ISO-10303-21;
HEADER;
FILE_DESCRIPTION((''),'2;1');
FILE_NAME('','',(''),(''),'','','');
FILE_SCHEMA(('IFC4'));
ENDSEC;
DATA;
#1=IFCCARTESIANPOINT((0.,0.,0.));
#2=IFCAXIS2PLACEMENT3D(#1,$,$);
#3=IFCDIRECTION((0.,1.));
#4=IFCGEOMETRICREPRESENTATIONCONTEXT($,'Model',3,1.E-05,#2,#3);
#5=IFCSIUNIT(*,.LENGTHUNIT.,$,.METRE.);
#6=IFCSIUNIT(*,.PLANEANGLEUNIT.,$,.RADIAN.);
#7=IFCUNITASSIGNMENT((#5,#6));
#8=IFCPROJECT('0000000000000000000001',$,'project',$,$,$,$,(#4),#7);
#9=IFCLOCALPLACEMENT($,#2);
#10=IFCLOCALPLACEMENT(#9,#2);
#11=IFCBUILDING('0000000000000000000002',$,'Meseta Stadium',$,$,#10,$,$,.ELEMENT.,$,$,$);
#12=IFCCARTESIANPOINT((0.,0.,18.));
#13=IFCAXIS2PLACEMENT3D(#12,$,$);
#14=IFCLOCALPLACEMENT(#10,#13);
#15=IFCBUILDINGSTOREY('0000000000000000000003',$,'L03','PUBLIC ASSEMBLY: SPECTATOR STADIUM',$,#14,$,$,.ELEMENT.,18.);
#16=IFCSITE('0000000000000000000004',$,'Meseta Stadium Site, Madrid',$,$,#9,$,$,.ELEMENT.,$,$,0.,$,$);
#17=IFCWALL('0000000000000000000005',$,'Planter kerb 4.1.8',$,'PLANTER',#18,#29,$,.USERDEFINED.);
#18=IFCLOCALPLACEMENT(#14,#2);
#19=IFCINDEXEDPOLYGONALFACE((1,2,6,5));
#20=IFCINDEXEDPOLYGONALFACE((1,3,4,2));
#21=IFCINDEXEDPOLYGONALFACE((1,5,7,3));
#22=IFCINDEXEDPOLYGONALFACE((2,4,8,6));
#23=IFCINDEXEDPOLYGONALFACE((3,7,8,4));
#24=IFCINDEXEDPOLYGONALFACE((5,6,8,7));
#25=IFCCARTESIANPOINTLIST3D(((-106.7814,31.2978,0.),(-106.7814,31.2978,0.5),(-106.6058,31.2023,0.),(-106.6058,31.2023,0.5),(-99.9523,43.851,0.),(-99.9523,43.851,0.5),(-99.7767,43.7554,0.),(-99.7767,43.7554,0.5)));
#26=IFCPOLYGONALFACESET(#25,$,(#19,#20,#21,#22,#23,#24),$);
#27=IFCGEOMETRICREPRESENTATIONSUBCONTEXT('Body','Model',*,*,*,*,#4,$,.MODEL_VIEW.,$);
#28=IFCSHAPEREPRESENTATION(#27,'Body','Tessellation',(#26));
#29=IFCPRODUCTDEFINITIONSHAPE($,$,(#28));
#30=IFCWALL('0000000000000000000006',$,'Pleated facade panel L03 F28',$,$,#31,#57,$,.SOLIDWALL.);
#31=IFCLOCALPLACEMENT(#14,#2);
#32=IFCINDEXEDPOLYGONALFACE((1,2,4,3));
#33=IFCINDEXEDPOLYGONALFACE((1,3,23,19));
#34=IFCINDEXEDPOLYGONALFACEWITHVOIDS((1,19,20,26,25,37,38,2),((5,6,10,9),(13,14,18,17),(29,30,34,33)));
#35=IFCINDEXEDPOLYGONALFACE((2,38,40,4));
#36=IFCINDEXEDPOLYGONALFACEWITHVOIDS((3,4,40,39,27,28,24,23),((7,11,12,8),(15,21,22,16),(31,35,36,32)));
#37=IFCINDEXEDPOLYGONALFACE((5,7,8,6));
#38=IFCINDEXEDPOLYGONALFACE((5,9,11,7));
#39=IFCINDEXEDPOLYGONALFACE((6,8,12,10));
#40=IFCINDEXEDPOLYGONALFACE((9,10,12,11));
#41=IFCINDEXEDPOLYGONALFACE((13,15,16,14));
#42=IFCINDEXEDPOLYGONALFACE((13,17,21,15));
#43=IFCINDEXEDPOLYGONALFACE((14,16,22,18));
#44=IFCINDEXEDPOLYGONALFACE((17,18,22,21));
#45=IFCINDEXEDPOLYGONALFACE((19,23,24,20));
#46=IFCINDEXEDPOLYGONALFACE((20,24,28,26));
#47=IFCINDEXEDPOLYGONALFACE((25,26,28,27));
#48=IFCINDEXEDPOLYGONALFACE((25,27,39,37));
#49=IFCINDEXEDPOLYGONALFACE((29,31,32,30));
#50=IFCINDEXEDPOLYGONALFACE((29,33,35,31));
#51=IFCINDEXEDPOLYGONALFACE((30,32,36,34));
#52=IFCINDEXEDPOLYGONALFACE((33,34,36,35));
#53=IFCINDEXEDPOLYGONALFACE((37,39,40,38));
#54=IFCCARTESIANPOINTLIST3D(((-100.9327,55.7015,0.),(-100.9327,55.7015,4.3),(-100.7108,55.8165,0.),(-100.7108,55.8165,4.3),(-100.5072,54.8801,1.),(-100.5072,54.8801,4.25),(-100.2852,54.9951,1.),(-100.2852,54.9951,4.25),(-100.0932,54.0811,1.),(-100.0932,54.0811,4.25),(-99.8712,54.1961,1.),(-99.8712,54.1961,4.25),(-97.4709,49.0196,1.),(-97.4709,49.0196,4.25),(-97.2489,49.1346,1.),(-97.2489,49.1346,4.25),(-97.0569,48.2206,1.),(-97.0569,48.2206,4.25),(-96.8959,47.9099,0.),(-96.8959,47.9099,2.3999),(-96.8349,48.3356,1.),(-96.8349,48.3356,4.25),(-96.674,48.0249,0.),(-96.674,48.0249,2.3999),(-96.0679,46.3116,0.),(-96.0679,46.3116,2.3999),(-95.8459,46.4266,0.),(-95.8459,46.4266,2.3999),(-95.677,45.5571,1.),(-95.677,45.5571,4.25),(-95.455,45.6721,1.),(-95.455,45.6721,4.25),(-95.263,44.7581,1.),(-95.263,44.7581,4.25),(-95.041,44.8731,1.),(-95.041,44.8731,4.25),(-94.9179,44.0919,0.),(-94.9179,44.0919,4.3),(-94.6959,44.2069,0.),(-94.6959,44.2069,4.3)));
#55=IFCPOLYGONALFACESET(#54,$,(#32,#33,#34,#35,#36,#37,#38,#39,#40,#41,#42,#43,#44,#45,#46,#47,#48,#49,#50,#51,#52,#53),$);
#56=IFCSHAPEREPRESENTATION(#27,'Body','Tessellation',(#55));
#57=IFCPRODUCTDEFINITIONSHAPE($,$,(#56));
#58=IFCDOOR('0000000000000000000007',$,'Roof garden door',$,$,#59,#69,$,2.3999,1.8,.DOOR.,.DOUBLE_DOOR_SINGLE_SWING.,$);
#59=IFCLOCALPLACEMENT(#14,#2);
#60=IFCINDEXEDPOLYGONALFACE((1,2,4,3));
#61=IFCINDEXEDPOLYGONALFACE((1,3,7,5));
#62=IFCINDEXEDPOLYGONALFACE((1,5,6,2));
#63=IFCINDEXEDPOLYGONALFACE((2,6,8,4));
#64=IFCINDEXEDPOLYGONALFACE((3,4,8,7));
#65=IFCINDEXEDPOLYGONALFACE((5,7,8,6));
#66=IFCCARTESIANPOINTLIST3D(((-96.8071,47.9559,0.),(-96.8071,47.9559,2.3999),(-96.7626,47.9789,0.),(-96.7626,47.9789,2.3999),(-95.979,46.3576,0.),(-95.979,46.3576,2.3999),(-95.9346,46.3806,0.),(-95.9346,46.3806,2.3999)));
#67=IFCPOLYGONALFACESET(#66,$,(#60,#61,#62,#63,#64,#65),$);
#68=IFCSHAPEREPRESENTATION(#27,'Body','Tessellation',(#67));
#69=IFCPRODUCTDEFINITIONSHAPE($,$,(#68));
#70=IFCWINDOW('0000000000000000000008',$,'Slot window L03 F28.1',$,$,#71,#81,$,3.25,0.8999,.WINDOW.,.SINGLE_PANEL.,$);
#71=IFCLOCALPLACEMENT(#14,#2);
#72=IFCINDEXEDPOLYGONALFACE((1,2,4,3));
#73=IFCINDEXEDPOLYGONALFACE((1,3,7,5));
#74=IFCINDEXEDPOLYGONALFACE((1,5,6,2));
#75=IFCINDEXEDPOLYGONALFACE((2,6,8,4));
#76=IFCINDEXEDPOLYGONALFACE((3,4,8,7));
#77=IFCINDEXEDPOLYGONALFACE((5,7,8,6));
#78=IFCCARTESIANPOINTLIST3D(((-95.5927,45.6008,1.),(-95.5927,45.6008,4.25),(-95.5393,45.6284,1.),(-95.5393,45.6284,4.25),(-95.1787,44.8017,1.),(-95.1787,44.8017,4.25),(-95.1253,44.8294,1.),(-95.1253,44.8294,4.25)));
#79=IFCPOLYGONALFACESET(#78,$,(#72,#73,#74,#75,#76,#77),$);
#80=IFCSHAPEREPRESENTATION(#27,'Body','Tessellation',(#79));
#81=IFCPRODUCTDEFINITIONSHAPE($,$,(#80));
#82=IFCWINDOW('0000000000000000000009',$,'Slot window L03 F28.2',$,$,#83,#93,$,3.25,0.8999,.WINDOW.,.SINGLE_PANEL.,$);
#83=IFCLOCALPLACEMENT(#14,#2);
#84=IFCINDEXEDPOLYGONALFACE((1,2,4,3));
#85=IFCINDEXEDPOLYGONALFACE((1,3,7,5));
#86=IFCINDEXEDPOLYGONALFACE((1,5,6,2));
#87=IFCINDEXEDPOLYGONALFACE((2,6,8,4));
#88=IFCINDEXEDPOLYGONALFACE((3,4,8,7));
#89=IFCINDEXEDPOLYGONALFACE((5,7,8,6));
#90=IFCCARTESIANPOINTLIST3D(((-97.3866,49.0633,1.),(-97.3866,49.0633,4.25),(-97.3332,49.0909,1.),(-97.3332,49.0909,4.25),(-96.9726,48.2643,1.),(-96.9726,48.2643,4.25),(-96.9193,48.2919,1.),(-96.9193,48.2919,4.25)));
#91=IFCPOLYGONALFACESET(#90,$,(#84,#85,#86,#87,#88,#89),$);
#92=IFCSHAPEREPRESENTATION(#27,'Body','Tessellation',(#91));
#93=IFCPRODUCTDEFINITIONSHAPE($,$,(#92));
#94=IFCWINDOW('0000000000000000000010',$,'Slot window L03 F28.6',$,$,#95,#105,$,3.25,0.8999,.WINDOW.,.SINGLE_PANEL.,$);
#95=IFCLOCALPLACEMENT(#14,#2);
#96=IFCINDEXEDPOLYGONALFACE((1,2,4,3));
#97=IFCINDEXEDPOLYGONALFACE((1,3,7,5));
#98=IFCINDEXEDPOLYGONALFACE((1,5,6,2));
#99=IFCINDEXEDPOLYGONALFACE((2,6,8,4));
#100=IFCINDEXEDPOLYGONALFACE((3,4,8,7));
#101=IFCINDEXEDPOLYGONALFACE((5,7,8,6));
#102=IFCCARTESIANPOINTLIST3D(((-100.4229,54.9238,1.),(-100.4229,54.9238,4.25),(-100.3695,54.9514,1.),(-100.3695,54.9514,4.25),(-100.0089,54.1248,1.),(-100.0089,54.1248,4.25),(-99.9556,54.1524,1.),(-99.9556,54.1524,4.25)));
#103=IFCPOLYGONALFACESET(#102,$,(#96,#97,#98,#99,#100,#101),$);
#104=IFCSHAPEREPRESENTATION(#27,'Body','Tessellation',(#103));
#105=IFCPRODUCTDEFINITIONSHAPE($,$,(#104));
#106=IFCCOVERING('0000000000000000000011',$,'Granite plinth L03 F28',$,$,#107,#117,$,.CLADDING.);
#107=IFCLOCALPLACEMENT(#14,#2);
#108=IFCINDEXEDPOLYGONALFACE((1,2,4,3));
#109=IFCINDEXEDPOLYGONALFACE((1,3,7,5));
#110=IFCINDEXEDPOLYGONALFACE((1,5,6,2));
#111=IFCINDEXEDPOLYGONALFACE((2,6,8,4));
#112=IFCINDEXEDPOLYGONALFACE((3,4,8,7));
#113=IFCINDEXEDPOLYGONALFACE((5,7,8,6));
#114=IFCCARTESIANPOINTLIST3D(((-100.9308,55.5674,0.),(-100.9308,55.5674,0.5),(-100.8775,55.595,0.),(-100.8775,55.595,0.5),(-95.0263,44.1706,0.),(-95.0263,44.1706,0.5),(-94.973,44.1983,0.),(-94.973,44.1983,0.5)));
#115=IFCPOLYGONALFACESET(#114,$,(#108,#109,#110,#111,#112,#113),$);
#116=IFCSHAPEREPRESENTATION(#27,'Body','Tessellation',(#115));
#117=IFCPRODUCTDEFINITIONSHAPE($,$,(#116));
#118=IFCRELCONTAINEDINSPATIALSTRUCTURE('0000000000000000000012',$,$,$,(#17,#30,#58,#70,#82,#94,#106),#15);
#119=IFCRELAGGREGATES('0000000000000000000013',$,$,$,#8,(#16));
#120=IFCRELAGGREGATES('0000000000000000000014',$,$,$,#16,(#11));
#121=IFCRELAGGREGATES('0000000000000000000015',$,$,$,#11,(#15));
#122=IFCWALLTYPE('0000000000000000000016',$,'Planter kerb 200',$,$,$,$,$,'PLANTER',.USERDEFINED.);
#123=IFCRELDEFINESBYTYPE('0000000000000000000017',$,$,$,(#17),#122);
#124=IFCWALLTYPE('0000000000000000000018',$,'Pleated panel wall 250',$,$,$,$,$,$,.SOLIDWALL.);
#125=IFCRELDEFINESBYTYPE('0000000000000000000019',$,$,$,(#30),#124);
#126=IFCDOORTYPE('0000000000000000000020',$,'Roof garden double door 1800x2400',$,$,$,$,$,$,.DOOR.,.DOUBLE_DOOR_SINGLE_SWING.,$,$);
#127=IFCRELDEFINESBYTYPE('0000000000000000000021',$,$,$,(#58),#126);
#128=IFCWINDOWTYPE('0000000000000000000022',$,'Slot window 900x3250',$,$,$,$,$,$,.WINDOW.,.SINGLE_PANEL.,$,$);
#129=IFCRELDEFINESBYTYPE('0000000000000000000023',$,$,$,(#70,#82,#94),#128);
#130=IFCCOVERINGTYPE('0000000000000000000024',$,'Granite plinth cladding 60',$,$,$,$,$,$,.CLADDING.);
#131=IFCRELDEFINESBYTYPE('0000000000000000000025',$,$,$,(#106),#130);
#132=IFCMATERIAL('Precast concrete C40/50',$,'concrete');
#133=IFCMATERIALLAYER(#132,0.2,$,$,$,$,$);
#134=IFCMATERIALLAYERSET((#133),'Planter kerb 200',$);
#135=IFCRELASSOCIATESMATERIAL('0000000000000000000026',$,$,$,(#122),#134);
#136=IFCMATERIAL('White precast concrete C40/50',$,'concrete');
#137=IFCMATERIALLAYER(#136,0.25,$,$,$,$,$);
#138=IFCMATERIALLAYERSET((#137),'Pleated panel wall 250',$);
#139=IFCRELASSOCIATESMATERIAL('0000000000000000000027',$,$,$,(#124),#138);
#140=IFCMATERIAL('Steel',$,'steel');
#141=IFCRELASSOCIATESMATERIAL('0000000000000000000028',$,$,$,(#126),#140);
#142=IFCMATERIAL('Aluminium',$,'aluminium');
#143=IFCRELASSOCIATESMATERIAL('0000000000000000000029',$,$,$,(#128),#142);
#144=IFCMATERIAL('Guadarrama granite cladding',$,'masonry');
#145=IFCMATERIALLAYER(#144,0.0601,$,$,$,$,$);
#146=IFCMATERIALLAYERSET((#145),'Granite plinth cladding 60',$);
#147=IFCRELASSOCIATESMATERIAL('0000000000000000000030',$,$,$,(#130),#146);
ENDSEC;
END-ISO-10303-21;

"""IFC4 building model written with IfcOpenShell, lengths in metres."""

from ifc_helpers import new_model, si_unit, direction, frame, frame_2d, origin, origin_2d, place, context, subcontext, project, spatial, rectangle, extrude, material, layer, layer_set, type_object, element, fill, save


model = new_model("IFC4")

# Units and contexts
model_context = context("Model", 3, precision=1e-05, world=origin(), true_north=direction((0.0, 1.0)))
body_context = subcontext(model_context, "Body", "Model", "MODEL_VIEW")
ifc_project = project(units=[si_unit("LENGTHUNIT", "METRE"), si_unit("PLANEANGLEUNIT", "RADIAN")], contexts=[model_context])

# Site, building, storey
site_placement = place(None, origin())
site = spatial("IfcSite", under=ifc_project, at=site_placement, Name="Meseta Stadium Site, Madrid", CompositionType="ELEMENT", RefElevation=0.0)
building_placement = place(site_placement, origin())
building = spatial("IfcBuilding", under=site, at=building_placement, Name="Meseta Stadium", CompositionType="ELEMENT")
storey_placement = place(building_placement, frame((0.0, 0.0, 18.0)))
storey = spatial("IfcBuildingStorey", under=building, at=storey_placement, Name="L03", Description="PUBLIC ASSEMBLY: SPECTATOR STADIUM", CompositionType="ELEMENT", Elevation=18.0)

# Wall
ifc_material_1 = material(Name="Precast concrete C40/50", Category="concrete")
ifc_layer_1 = layer(ifc_material_1, 0.2)
ifc_layer_set_1 = layer_set([ifc_layer_1], Name="Planter kerb 200")
wall_type_1 = type_object("IfcWallType", Name="Planter kerb 200", ElementType="PLANTER", PredefinedType="USERDEFINED", material=ifc_layer_set_1)
wall_1_placement = place(storey_placement, frame((-99.8645, 43.8032, 0.0), z_axis=(0.0, 0.0, 1.0), x_axis=(-0.477875, -0.878428, 0.0)))
element("IfcWall", 1, at=wall_1_placement, inside=storey, type_object=wall_type_1, Name="Planter kerb 4.1.8", ObjectType="PLANTER", PredefinedType="USERDEFINED", context=body_context, shape_type="SweptSolid", body=[
    extrude(rectangle(XDim=14.2905, YDim=0.2, at=frame_2d((7.1453, 0.0))), origin(), (0.0, 0.0, 1.0), 0.5),
])

# Wall, openings, door, windows
ifc_material_2 = material(Name="White precast concrete C40/50", Category="concrete")
ifc_layer_2 = layer(ifc_material_2, 0.25)
ifc_layer_set_2 = layer_set([ifc_layer_2], Name="Pleated panel wall 250")
wall_type_2 = type_object("IfcWallType", Name="Pleated panel wall 250", PredefinedType="SOLIDWALL", material=ifc_layer_set_2)
wall_2_placement = place(storey_placement, frame((-94.8069, 44.1494, 0.0), z_axis=(0.0, 0.0, 1.0), x_axis=(-0.460021, 0.887908, 0.0)))
wall_2 = element("IfcWall", 2, at=wall_2_placement, inside=storey, type_object=wall_type_2, Name="Pleated facade panel L03 F28", PredefinedType="SOLIDWALL", context=body_context, shape_type="SweptSolid", body=[
    extrude(rectangle(XDim=13.0752, YDim=0.25, at=frame_2d((6.5376, 0.0))), origin(), (0.0, 0.0, 1.0), 4.3),
])
opening_1_placement = place(wall_2_placement, frame((0.7502, 0.0, 1.0)))
opening_1 = element("IfcOpeningElement", 3, at=opening_1_placement, cuts=wall_2, PredefinedType="OPENING", context=body_context, shape_type="SweptSolid", body=[
    extrude(rectangle(XDim=0.8999, YDim=3.25, at=frame_2d((0.45, 1.625))), frame((0.0, 0.135, 0.0), z_axis=(0.0, -1.0, 0.0), x_axis=(1.0, 0.0, 0.0)), (0.0, 0.0, 1.0), 0.27),
])
opening_2_placement = place(wall_2_placement, frame((4.6499, 0.0, 1.0)))
opening_2 = element("IfcOpeningElement", 4, at=opening_2_placement, cuts=wall_2, PredefinedType="OPENING", context=body_context, shape_type="SweptSolid", body=[
    extrude(rectangle(XDim=0.8999, YDim=3.25, at=frame_2d((0.45, 1.625))), frame((0.0, 0.135, 0.0), z_axis=(0.0, -1.0, 0.0), x_axis=(1.0, 0.0, 0.0)), (0.0, 0.0, 1.0), 0.27),
])
opening_3_placement = place(wall_2_placement, frame((11.2502, 0.0, 1.0)))
opening_3 = element("IfcOpeningElement", 5, at=opening_3_placement, cuts=wall_2, PredefinedType="OPENING", context=body_context, shape_type="SweptSolid", body=[
    extrude(rectangle(XDim=0.8999, YDim=3.25, at=frame_2d((0.45, 1.625))), frame((0.0, 0.135, 0.0), z_axis=(0.0, -1.0, 0.0), x_axis=(1.0, 0.0, 0.0)), (0.0, 0.0, 1.0), 0.27),
])
opening_4_placement = place(wall_2_placement, frame((2.5, 0.0, 0.0)))
opening_4 = element("IfcOpeningElement", 6, at=opening_4_placement, cuts=wall_2, PredefinedType="OPENING", context=body_context, shape_type="SweptSolid", body=[
    extrude(rectangle(XDim=1.8, YDim=2.3999, at=frame_2d((0.8999, 1.2))), frame((0.0, 0.135, 0.0), z_axis=(0.0, -1.0, 0.0), x_axis=(1.0, 0.0, 0.0)), (0.0, 0.0, 1.0), 0.27),
])
ifc_material_3 = material(Name="Steel", Category="steel")
door_type = type_object("IfcDoorType", Name="Roof garden double door 1800x2400", OperationType="DOUBLE_DOOR_SINGLE_SWING", PredefinedType="DOOR", material=ifc_material_3)
door_placement = place(opening_4_placement, origin())
door = element("IfcDoor", 7, at=door_placement, inside=storey, type_object=door_type, Name="Roof garden door", OperationType="DOUBLE_DOOR_SINGLE_SWING", OverallHeight=2.3999, OverallWidth=1.8, PredefinedType="DOOR", context=body_context, shape_type="SweptSolid", body=[
    extrude(rectangle(XDim=1.8, YDim=2.3999, at=frame_2d((0.8999, 1.2))), frame((0.0, 0.0249, 0.0), z_axis=(0.0, -1.0, 0.0), x_axis=(1.0, 0.0, 0.0)), (0.0, 0.0, 1.0), 0.05),
])
fill(opening_4, door)
ifc_material_4 = material(Name="Aluminium", Category="aluminium")
window_type = type_object("IfcWindowType", Name="Slot window 900x3250", PartitioningType="SINGLE_PANEL", PredefinedType="WINDOW", material=ifc_material_4)
window_1_placement = place(opening_1_placement, origin())
window_1 = element("IfcWindow", 8, at=window_1_placement, inside=storey, type_object=window_type, Name="Slot window L03 F28.1", OverallHeight=3.25, OverallWidth=0.8999, PartitioningType="SINGLE_PANEL", PredefinedType="WINDOW", context=body_context, shape_type="SweptSolid", body=[
    extrude(rectangle(XDim=0.8999, YDim=3.25, at=frame_2d((0.45, 1.625))), frame((0.0, 0.03, 0.0), z_axis=(0.0, -1.0, 0.0), x_axis=(1.0, 0.0, 0.0)), (0.0, 0.0, 1.0), 0.0601),
])
fill(opening_1, window_1)
window_2_placement = place(opening_2_placement, origin())
window_2 = element("IfcWindow", 9, at=window_2_placement, inside=storey, type_object=window_type, Name="Slot window L03 F28.2", OverallHeight=3.25, OverallWidth=0.8999, PartitioningType="SINGLE_PANEL", PredefinedType="WINDOW", context=body_context, shape_type="SweptSolid", body=[
    extrude(rectangle(XDim=0.8999, YDim=3.25, at=frame_2d((0.45, 1.625))), frame((0.0, 0.03, 0.0), z_axis=(0.0, -1.0, 0.0), x_axis=(1.0, 0.0, 0.0)), (0.0, 0.0, 1.0), 0.0601),
])
fill(opening_2, window_2)
window_3_placement = place(opening_3_placement, origin())
window_3 = element("IfcWindow", 10, at=window_3_placement, inside=storey, type_object=window_type, Name="Slot window L03 F28.6", OverallHeight=3.25, OverallWidth=0.8999, PartitioningType="SINGLE_PANEL", PredefinedType="WINDOW", context=body_context, shape_type="SweptSolid", body=[
    extrude(rectangle(XDim=0.8999, YDim=3.25, at=frame_2d((0.45, 1.625))), frame((0.0, 0.03, 0.0), z_axis=(0.0, -1.0, 0.0), x_axis=(1.0, 0.0, 0.0)), (0.0, 0.0, 1.0), 0.0601),
])
fill(opening_3, window_3)

# Covering
ifc_material_5 = material(Name="Guadarrama granite cladding", Category="masonry")
ifc_layer_3 = layer(ifc_material_5, 0.0601)
ifc_layer_set_3 = layer_set([ifc_layer_3], Name="Granite plinth cladding 60")
covering_type_1 = type_object("IfcCoveringType", Name="Granite plinth cladding 60", PredefinedType="CLADDING", material=ifc_layer_set_3)
covering_1_placement = place(storey_placement, frame((-97.9519, 49.8828, 0.0), z_axis=(0.0, 0.0, 1.0), x_axis=(-0.460015, 0.887911, 0.0)))
element("IfcCovering", 11, at=covering_1_placement, inside=storey, type_object=covering_type_1, Name="Granite plinth L03 F28", PredefinedType="CLADDING", context=body_context, shape_type="SweptSolid", body=[
    extrude(rectangle(XDim=12.8354, YDim=0.0601, at=origin_2d()), origin(), (0.0, 0.0, 1.0), 0.5),
])

save(model, "model.ifc")
